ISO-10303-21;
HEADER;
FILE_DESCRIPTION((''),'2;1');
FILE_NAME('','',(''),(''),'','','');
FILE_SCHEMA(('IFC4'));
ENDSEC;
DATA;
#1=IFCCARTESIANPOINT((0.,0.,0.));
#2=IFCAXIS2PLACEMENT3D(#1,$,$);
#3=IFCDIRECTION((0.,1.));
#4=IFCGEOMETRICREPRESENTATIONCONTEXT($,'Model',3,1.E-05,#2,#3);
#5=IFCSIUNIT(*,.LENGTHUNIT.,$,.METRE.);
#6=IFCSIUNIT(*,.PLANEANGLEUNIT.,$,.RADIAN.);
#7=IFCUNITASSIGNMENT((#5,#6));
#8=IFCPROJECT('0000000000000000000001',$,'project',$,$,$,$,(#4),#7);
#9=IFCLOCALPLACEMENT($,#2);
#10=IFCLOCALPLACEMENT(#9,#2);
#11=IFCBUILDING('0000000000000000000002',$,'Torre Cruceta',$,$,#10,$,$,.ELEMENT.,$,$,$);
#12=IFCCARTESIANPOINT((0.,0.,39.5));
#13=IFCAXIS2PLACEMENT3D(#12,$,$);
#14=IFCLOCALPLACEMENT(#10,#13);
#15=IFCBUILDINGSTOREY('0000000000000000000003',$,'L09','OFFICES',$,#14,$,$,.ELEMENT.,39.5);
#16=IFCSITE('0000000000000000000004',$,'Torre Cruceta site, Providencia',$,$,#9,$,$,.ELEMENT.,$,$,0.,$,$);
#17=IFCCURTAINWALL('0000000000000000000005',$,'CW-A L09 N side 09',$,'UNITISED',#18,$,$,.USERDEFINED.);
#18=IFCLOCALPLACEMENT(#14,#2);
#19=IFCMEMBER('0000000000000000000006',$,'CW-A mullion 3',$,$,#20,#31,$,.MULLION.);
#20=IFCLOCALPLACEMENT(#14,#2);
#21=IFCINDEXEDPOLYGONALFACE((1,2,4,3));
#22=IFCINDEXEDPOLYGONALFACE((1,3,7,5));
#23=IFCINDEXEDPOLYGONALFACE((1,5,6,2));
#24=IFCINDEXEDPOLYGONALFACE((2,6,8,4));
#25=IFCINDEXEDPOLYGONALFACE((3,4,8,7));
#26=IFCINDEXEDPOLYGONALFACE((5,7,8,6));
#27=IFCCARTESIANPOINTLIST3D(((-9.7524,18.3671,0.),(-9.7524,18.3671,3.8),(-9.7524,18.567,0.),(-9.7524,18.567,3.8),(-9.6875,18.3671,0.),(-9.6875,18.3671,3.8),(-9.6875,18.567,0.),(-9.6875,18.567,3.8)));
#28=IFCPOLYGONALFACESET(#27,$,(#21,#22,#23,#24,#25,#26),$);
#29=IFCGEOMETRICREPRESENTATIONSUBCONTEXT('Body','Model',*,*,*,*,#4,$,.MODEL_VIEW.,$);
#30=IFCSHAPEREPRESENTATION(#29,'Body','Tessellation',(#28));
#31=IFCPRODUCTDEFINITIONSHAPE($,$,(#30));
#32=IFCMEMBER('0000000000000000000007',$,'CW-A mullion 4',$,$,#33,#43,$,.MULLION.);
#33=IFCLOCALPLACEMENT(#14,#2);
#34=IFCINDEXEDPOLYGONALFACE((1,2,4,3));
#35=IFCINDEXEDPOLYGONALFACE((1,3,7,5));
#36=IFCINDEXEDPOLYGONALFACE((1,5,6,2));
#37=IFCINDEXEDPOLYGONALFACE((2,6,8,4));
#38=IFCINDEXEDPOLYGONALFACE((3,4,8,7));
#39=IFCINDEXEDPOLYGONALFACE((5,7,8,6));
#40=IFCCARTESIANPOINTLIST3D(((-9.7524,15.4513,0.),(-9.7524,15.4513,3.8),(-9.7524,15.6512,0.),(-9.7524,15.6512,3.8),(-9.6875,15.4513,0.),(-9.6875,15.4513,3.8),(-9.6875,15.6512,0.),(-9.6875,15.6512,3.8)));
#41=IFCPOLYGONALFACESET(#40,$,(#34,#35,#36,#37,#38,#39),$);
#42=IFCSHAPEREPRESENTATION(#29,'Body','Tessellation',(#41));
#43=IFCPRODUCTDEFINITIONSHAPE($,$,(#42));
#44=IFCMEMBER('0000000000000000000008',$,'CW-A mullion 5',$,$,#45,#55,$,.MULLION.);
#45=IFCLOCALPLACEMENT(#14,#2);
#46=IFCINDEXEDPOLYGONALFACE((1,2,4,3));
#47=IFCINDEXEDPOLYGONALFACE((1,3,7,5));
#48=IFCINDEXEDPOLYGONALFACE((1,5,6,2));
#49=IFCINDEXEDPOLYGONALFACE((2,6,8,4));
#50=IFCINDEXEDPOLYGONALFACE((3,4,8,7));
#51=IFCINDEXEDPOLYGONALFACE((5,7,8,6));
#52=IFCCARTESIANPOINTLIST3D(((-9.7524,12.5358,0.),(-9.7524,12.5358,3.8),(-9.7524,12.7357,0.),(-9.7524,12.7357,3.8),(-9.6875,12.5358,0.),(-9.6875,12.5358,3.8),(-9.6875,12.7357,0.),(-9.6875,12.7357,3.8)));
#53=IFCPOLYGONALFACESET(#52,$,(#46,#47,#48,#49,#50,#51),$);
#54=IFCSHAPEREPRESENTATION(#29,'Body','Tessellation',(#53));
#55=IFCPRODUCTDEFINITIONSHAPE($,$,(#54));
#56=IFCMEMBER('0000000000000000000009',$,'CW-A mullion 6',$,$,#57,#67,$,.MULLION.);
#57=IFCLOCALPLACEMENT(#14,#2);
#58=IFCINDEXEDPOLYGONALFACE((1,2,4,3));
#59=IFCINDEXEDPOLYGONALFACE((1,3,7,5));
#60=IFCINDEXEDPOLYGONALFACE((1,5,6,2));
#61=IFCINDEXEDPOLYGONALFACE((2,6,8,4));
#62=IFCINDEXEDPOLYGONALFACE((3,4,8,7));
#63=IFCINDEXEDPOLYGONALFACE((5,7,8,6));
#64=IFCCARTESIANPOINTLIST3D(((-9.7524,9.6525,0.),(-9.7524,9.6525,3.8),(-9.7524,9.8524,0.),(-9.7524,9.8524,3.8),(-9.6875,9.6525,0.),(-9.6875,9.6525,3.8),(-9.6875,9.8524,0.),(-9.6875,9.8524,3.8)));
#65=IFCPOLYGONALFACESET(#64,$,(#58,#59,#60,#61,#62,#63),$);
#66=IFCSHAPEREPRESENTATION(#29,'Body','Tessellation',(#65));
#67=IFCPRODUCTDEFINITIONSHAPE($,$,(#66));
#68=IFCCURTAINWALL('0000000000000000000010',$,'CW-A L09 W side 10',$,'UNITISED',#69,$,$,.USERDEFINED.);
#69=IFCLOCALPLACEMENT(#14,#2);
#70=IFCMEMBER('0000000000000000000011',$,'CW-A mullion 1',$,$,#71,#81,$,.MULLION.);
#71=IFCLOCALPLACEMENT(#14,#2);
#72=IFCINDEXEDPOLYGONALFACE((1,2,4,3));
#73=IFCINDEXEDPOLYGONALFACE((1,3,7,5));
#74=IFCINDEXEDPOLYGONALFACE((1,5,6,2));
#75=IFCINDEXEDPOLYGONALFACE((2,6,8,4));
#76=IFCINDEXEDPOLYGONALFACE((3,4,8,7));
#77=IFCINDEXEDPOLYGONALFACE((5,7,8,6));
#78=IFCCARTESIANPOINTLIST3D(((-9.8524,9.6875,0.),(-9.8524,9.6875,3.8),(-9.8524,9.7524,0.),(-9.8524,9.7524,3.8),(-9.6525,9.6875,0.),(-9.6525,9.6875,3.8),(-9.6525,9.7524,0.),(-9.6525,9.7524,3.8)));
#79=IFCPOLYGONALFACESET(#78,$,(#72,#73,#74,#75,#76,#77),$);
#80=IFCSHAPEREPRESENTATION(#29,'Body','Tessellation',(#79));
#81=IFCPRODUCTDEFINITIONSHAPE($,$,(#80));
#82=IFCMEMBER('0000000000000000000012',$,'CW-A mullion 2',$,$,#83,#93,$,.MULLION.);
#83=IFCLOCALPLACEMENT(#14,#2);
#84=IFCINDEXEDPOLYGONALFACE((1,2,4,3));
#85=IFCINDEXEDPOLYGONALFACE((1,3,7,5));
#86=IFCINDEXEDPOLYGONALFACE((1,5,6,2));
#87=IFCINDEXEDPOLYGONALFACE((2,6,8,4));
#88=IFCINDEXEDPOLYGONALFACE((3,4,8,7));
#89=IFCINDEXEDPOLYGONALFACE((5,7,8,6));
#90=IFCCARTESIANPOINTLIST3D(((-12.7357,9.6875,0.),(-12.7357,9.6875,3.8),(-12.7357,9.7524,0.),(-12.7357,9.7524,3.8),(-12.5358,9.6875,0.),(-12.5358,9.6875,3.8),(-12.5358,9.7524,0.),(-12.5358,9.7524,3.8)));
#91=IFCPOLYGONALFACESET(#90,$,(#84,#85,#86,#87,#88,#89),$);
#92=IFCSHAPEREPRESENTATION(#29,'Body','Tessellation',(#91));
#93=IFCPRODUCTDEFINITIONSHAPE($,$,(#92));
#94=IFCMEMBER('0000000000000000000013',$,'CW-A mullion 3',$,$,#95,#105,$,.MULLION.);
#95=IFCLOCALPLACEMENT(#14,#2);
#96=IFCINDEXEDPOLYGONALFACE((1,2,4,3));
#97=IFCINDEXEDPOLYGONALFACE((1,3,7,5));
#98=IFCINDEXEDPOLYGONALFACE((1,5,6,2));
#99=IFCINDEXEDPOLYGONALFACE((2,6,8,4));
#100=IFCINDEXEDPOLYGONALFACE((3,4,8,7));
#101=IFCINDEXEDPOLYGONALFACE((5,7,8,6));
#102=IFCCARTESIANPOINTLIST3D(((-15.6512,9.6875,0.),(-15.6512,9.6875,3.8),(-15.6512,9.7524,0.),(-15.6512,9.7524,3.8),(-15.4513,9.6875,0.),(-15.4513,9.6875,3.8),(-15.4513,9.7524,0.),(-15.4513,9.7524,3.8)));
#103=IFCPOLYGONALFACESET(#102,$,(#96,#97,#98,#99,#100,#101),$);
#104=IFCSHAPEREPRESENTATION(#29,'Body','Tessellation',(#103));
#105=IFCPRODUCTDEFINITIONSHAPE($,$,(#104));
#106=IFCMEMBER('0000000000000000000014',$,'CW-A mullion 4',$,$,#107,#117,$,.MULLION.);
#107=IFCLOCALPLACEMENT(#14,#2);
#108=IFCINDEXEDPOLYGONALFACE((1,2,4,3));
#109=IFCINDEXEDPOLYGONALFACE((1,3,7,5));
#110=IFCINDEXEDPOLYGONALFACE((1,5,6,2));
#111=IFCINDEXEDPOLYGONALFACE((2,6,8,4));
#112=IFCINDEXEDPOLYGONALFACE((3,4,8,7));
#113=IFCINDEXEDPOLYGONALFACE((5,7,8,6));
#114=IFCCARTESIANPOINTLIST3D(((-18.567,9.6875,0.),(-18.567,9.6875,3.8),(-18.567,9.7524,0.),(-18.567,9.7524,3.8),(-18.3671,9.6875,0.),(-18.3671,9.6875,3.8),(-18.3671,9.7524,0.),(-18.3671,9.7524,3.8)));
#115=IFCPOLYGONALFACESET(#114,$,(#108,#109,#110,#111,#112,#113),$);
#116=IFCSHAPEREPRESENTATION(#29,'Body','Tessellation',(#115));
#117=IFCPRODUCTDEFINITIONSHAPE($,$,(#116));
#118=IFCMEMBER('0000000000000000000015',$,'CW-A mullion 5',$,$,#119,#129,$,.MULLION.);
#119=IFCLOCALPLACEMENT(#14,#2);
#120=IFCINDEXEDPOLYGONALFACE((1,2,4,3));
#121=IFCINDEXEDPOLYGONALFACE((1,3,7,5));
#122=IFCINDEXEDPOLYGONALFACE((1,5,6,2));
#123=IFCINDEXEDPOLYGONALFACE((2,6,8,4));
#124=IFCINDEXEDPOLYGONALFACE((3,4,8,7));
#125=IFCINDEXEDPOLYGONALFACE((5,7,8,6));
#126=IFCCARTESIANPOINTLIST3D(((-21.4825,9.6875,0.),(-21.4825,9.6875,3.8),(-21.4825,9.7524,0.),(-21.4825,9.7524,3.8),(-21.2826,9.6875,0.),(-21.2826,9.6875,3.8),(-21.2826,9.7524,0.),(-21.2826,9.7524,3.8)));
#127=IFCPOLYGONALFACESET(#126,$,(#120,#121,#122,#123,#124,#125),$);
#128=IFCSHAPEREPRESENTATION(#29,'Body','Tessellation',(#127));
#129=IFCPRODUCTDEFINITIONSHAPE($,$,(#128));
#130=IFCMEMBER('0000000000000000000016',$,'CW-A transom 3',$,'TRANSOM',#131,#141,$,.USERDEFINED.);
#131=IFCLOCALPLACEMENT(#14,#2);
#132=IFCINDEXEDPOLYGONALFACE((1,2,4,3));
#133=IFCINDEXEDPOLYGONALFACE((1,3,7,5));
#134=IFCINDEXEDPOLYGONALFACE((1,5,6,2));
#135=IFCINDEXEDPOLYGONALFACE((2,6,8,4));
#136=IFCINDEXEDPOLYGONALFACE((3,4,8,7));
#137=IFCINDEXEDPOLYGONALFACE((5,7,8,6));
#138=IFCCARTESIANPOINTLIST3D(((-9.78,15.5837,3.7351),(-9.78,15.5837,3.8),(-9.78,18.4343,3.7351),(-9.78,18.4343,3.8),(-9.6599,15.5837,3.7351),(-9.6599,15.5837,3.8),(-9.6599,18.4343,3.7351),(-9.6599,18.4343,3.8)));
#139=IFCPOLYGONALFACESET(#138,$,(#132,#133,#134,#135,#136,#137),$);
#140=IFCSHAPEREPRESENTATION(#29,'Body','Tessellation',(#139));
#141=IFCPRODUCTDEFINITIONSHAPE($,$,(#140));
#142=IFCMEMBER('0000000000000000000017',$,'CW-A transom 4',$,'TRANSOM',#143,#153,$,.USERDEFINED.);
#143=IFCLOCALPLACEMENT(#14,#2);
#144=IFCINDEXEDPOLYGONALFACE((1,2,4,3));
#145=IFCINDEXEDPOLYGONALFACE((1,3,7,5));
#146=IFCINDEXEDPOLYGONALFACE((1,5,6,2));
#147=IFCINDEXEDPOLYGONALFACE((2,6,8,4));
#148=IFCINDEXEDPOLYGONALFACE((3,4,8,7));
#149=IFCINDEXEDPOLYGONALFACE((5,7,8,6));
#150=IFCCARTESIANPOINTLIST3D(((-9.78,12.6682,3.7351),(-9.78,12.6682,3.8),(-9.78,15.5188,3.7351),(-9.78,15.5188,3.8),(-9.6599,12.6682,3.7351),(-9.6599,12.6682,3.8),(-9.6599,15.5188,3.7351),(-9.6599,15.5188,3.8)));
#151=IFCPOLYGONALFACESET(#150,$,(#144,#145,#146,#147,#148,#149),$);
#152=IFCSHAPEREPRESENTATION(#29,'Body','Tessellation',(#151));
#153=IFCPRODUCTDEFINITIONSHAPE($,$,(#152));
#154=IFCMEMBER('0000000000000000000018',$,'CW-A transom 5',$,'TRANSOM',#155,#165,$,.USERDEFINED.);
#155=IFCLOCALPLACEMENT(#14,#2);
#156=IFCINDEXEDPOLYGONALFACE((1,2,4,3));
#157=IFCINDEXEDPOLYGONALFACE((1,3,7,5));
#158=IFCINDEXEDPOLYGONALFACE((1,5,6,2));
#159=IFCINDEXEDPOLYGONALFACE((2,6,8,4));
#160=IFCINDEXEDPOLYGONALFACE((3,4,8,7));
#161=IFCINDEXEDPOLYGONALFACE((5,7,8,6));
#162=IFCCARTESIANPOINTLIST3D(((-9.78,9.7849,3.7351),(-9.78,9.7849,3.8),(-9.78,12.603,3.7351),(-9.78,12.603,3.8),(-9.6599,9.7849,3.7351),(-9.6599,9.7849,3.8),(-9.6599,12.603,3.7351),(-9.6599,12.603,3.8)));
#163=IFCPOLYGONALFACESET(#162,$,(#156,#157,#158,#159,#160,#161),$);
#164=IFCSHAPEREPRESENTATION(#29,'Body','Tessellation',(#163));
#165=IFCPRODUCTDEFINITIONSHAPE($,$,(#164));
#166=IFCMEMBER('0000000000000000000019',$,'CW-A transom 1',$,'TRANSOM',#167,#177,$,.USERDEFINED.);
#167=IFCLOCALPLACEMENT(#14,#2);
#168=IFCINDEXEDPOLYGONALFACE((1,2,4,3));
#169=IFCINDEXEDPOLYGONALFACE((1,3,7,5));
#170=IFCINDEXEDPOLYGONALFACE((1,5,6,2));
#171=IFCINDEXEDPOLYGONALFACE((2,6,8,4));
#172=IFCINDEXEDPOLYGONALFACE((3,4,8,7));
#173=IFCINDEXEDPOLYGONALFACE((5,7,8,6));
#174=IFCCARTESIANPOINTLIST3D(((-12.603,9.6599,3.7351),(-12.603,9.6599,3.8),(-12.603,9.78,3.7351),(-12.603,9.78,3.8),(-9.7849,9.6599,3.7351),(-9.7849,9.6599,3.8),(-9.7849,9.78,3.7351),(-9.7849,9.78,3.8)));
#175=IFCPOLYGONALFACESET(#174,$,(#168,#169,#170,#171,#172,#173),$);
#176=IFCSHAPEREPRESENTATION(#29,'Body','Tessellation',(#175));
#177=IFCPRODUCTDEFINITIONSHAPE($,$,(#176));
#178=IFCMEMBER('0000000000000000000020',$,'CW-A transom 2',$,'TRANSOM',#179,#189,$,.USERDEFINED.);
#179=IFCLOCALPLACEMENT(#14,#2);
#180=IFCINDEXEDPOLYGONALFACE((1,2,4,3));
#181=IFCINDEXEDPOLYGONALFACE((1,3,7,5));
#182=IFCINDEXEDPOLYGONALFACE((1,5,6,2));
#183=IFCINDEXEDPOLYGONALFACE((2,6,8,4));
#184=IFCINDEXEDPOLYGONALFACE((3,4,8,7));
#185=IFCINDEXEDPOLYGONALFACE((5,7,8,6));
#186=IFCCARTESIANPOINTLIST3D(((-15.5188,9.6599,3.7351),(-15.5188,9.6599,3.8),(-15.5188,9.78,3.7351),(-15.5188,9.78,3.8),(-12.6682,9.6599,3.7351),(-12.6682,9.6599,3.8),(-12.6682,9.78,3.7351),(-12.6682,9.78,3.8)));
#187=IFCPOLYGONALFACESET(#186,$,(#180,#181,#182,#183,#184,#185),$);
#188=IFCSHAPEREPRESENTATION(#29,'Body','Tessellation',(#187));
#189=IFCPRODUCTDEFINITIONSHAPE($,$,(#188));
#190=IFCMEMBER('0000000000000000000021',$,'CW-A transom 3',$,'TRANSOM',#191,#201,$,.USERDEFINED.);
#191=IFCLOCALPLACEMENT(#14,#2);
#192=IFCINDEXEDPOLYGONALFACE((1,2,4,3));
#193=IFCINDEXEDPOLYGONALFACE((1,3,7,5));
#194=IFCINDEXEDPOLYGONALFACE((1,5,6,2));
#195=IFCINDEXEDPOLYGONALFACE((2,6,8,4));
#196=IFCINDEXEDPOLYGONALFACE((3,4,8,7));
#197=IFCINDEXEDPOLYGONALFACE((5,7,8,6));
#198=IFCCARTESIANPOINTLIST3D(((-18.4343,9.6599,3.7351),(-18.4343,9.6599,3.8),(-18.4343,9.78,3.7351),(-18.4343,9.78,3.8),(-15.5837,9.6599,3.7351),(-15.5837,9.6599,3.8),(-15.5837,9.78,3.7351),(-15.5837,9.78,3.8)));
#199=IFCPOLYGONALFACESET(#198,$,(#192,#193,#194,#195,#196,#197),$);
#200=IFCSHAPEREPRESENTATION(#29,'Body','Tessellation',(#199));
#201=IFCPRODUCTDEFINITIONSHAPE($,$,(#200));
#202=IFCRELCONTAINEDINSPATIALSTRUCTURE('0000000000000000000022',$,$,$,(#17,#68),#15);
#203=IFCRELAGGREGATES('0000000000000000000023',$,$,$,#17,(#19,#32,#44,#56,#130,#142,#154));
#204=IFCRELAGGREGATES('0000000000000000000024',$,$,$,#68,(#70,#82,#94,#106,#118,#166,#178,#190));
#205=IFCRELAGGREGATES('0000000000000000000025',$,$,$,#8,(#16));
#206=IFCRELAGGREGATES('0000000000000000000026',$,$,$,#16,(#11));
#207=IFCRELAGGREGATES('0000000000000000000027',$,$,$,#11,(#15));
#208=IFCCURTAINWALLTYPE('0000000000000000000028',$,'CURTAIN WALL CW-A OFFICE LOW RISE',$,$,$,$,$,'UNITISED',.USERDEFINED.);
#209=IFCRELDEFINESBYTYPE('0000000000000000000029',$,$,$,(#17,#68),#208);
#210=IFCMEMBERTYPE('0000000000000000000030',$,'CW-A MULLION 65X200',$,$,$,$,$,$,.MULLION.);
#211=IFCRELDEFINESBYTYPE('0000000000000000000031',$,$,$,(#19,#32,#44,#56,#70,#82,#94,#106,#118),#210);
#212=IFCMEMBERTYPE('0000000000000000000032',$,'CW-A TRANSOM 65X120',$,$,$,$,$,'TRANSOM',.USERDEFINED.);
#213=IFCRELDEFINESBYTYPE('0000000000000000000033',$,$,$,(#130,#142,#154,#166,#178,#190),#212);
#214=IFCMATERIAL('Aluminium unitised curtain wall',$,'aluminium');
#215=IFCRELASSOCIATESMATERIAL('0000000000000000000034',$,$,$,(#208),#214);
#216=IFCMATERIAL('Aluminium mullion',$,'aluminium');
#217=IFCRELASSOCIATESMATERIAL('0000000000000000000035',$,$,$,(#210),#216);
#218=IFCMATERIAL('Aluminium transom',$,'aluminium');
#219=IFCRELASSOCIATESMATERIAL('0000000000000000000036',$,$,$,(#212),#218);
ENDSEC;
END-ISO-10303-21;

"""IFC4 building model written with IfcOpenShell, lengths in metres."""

from ifc_helpers import new_model, si_unit, direction, frame, origin, origin_2d, place, context, subcontext, project, spatial, rectangle, extrude, material, material_profile, profile_set, type_object, element, aggregate, save


model = new_model("IFC4")

# Units and contexts
model_context = context("Model", 3, precision=1e-05, world=origin(), true_north=direction((0.0, 1.0)))
body_context = subcontext(model_context, "Body", "Model", "MODEL_VIEW")
ifc_project = project(units=[si_unit("LENGTHUNIT", "METRE"), si_unit("PLANEANGLEUNIT", "RADIAN")], contexts=[model_context])

# Site, building, storey
site_placement = place(None, origin())
site = spatial("IfcSite", under=ifc_project, at=site_placement, Name="Torre Cruceta site, Providencia", CompositionType="ELEMENT", RefElevation=0.0)
building_placement = place(site_placement, origin())
building = spatial("IfcBuilding", under=site, at=building_placement, Name="Torre Cruceta", CompositionType="ELEMENT")
storey_placement = place(building_placement, frame((0.0, 0.0, 39.5)))
storey = spatial("IfcBuildingStorey", under=building, at=storey_placement, Name="L09", Description="OFFICES", CompositionType="ELEMENT", Elevation=39.5)

# Curtain walls, members
ifc_material_1 = material(Name="Aluminium unitised curtain wall", Category="aluminium")
curtain_wall_type = type_object("IfcCurtainWallType", Name="CURTAIN WALL CW-A OFFICE LOW RISE", ElementType="UNITISED", PredefinedType="USERDEFINED", material=ifc_material_1)
curtain_wall_1_placement = place(storey_placement, origin())
curtain_wall_1 = element("IfcCurtainWall", 1, at=curtain_wall_1_placement, inside=storey, type_object=curtain_wall_type, Name="CW-A L09 N side 09", ObjectType="UNITISED", PredefinedType="USERDEFINED")
ifc_material_2 = material(Name="Aluminium mullion", Category="aluminium")
ifc_material_profile_1 = material_profile(ifc_material_2, rectangle(XDim=0.0649, YDim=0.2, at=origin_2d()), Name="AL 65X200")
ifc_profile_set_1 = profile_set([ifc_material_profile_1], Name="Aluminium mullion")
member_type_1 = type_object("IfcMemberType", Name="CW-A MULLION 65X200", PredefinedType="MULLION", material=ifc_profile_set_1)
member_1_placement = place(storey_placement, frame((-9.72, 18.467, 0.0), z_axis=(0.0, 0.0, 1.0), x_axis=(1.0, 0.0, 0.0)))
member_1 = element("IfcMember", 2, at=member_1_placement, type_object=member_type_1, Name="CW-A mullion 3", PredefinedType="MULLION", context=body_context, shape_type="SweptSolid", body=[
    extrude(rectangle(XDim=0.0649, YDim=0.2, at=origin_2d()), origin(), (0.0, 0.0, 1.0), 3.8),
])
member_2_placement = place(storey_placement, frame((-9.72, 15.5513, 0.0), z_axis=(0.0, 0.0, 1.0), x_axis=(1.0, 0.0, 0.0)))
member_2 = element("IfcMember", 3, at=member_2_placement, type_object=member_type_1, Name="CW-A mullion 4", PredefinedType="MULLION", context=body_context, shape_type="SweptSolid", body=[
    extrude(rectangle(XDim=0.0649, YDim=0.2, at=origin_2d()), origin(), (0.0, 0.0, 1.0), 3.8),
])
member_3_placement = place(storey_placement, frame((-9.72, 12.6357, 0.0), z_axis=(0.0, 0.0, 1.0), x_axis=(1.0, 0.0, 0.0)))
member_3 = element("IfcMember", 4, at=member_3_placement, type_object=member_type_1, Name="CW-A mullion 5", PredefinedType="MULLION", context=body_context, shape_type="SweptSolid", body=[
    extrude(rectangle(XDim=0.0649, YDim=0.2, at=origin_2d()), origin(), (0.0, 0.0, 1.0), 3.8),
])
member_4_placement = place(storey_placement, frame((-9.72, 9.7524, 0.0), z_axis=(0.0, 0.0, 1.0), x_axis=(1.0, 0.0, 0.0)))
member_4 = element("IfcMember", 5, at=member_4_placement, type_object=member_type_1, Name="CW-A mullion 6", PredefinedType="MULLION", context=body_context, shape_type="SweptSolid", body=[
    extrude(rectangle(XDim=0.0649, YDim=0.2, at=origin_2d()), origin(), (0.0, 0.0, 1.0), 3.8),
])
curtain_wall_2_placement = place(storey_placement, origin())
curtain_wall_2 = element("IfcCurtainWall", 6, at=curtain_wall_2_placement, inside=storey, type_object=curtain_wall_type, Name="CW-A L09 W side 10", ObjectType="UNITISED", PredefinedType="USERDEFINED")
member_5_placement = place(storey_placement, frame((-9.7524, 9.72, 0.0), z_axis=(0.0, 0.0, 1.0), x_axis=(0.0, -1.0, 0.0)))
member_5 = element("IfcMember", 7, at=member_5_placement, type_object=member_type_1, Name="CW-A mullion 1", PredefinedType="MULLION", context=body_context, shape_type="SweptSolid", body=[
    extrude(rectangle(XDim=0.0649, YDim=0.2, at=origin_2d()), origin(), (0.0, 0.0, 1.0), 3.8),
])
member_6_placement = place(storey_placement, frame((-12.6357, 9.72, 0.0), z_axis=(0.0, 0.0, 1.0), x_axis=(0.0, -1.0, 0.0)))
member_6 = element("IfcMember", 8, at=member_6_placement, type_object=member_type_1, Name="CW-A mullion 2", PredefinedType="MULLION", context=body_context, shape_type="SweptSolid", body=[
    extrude(rectangle(XDim=0.0649, YDim=0.2, at=origin_2d()), origin(), (0.0, 0.0, 1.0), 3.8),
])
member_7_placement = place(storey_placement, frame((-15.5513, 9.72, 0.0), z_axis=(0.0, 0.0, 1.0), x_axis=(0.0, -1.0, 0.0)))
member_7 = element("IfcMember", 9, at=member_7_placement, type_object=member_type_1, Name="CW-A mullion 3", PredefinedType="MULLION", context=body_context, shape_type="SweptSolid", body=[
    extrude(rectangle(XDim=0.0649, YDim=0.2, at=origin_2d()), origin(), (0.0, 0.0, 1.0), 3.8),
])
member_8_placement = place(storey_placement, frame((-18.467, 9.72, 0.0), z_axis=(0.0, 0.0, 1.0), x_axis=(0.0, -1.0, 0.0)))
member_8 = element("IfcMember", 10, at=member_8_placement, type_object=member_type_1, Name="CW-A mullion 4", PredefinedType="MULLION", context=body_context, shape_type="SweptSolid", body=[
    extrude(rectangle(XDim=0.0649, YDim=0.2, at=origin_2d()), origin(), (0.0, 0.0, 1.0), 3.8),
])
member_9_placement = place(storey_placement, frame((-21.3826, 9.72, 0.0), z_axis=(0.0, 0.0, 1.0), x_axis=(0.0, -1.0, 0.0)))
member_9 = element("IfcMember", 11, at=member_9_placement, type_object=member_type_1, Name="CW-A mullion 5", PredefinedType="MULLION", context=body_context, shape_type="SweptSolid", body=[
    extrude(rectangle(XDim=0.0649, YDim=0.2, at=origin_2d()), origin(), (0.0, 0.0, 1.0), 3.8),
])

# Members
ifc_material_3 = material(Name="Aluminium transom", Category="aluminium")
ifc_material_profile_2 = material_profile(ifc_material_3, rectangle(XDim=0.1201, YDim=0.0649, at=origin_2d()), Name="AL 120X65")
ifc_profile_set_2 = profile_set([ifc_material_profile_2], Name="Aluminium transom")
member_type_2 = type_object("IfcMemberType", Name="CW-A TRANSOM 65X120", ElementType="TRANSOM", PredefinedType="USERDEFINED", material=ifc_profile_set_2)
member_10_placement = place(storey_placement, frame((-9.72, 18.4343, 3.7676), z_axis=(0.0, -1.0, 0.0), x_axis=(1.0, 0.0, 0.0)))
member_10 = element("IfcMember", 12, at=member_10_placement, type_object=member_type_2, Name="CW-A transom 3", ObjectType="TRANSOM", PredefinedType="USERDEFINED", context=body_context, shape_type="SweptSolid", body=[
    extrude(rectangle(XDim=0.1201, YDim=0.0649, at=origin_2d()), origin(), (0.0, 0.0, 1.0), 2.8506),
])
member_11_placement = place(storey_placement, frame((-9.72, 15.5188, 3.7676), z_axis=(0.0, -1.0, 0.0), x_axis=(1.0, 0.0, 0.0)))
member_11 = element("IfcMember", 13, at=member_11_placement, type_object=member_type_2, Name="CW-A transom 4", ObjectType="TRANSOM", PredefinedType="USERDEFINED", context=body_context, shape_type="SweptSolid", body=[
    extrude(rectangle(XDim=0.1201, YDim=0.0649, at=origin_2d()), origin(), (0.0, 0.0, 1.0), 2.8506),
])
member_12_placement = place(storey_placement, frame((-9.72, 12.603, 3.7676), z_axis=(0.0, -1.0, 0.0), x_axis=(1.0, 0.0, 0.0)))
member_12 = element("IfcMember", 14, at=member_12_placement, type_object=member_type_2, Name="CW-A transom 5", ObjectType="TRANSOM", PredefinedType="USERDEFINED", context=body_context, shape_type="SweptSolid", body=[
    extrude(rectangle(XDim=0.1201, YDim=0.0649, at=origin_2d()), origin(), (0.0, 0.0, 1.0), 2.8181),
])
member_13_placement = place(storey_placement, frame((-9.7849, 9.72, 3.7676), z_axis=(-1.0, 0.0, 0.0), x_axis=(0.0, -1.0, 0.0)))
member_13 = element("IfcMember", 15, at=member_13_placement, type_object=member_type_2, Name="CW-A transom 1", ObjectType="TRANSOM", PredefinedType="USERDEFINED", context=body_context, shape_type="SweptSolid", body=[
    extrude(rectangle(XDim=0.1201, YDim=0.0649, at=origin_2d()), origin(), (0.0, 0.0, 1.0), 2.8181),
])
member_14_placement = place(storey_placement, frame((-12.6682, 9.72, 3.7676), z_axis=(-1.0, 0.0, 0.0), x_axis=(0.0, -1.0, 0.0)))
member_14 = element("IfcMember", 16, at=member_14_placement, type_object=member_type_2, Name="CW-A transom 2", ObjectType="TRANSOM", PredefinedType="USERDEFINED", context=body_context, shape_type="SweptSolid", body=[
    extrude(rectangle(XDim=0.1201, YDim=0.0649, at=origin_2d()), origin(), (0.0, 0.0, 1.0), 2.8506),
])
member_15_placement = place(storey_placement, frame((-15.5837, 9.72, 3.7676), z_axis=(-1.0, 0.0, 0.0), x_axis=(0.0, -1.0, 0.0)))
member_15 = element("IfcMember", 17, at=member_15_placement, type_object=member_type_2, Name="CW-A transom 3", ObjectType="TRANSOM", PredefinedType="USERDEFINED", context=body_context, shape_type="SweptSolid", body=[
    extrude(rectangle(XDim=0.1201, YDim=0.0649, at=origin_2d()), origin(), (0.0, 0.0, 1.0), 2.8506),
])

aggregate(curtain_wall_1, [member_1, member_2, member_3, member_4, member_10, member_11, member_12])
aggregate(curtain_wall_2, [member_5, member_6, member_7, member_8, member_9, member_13, member_14, member_15])

save(model, "model.ifc")
